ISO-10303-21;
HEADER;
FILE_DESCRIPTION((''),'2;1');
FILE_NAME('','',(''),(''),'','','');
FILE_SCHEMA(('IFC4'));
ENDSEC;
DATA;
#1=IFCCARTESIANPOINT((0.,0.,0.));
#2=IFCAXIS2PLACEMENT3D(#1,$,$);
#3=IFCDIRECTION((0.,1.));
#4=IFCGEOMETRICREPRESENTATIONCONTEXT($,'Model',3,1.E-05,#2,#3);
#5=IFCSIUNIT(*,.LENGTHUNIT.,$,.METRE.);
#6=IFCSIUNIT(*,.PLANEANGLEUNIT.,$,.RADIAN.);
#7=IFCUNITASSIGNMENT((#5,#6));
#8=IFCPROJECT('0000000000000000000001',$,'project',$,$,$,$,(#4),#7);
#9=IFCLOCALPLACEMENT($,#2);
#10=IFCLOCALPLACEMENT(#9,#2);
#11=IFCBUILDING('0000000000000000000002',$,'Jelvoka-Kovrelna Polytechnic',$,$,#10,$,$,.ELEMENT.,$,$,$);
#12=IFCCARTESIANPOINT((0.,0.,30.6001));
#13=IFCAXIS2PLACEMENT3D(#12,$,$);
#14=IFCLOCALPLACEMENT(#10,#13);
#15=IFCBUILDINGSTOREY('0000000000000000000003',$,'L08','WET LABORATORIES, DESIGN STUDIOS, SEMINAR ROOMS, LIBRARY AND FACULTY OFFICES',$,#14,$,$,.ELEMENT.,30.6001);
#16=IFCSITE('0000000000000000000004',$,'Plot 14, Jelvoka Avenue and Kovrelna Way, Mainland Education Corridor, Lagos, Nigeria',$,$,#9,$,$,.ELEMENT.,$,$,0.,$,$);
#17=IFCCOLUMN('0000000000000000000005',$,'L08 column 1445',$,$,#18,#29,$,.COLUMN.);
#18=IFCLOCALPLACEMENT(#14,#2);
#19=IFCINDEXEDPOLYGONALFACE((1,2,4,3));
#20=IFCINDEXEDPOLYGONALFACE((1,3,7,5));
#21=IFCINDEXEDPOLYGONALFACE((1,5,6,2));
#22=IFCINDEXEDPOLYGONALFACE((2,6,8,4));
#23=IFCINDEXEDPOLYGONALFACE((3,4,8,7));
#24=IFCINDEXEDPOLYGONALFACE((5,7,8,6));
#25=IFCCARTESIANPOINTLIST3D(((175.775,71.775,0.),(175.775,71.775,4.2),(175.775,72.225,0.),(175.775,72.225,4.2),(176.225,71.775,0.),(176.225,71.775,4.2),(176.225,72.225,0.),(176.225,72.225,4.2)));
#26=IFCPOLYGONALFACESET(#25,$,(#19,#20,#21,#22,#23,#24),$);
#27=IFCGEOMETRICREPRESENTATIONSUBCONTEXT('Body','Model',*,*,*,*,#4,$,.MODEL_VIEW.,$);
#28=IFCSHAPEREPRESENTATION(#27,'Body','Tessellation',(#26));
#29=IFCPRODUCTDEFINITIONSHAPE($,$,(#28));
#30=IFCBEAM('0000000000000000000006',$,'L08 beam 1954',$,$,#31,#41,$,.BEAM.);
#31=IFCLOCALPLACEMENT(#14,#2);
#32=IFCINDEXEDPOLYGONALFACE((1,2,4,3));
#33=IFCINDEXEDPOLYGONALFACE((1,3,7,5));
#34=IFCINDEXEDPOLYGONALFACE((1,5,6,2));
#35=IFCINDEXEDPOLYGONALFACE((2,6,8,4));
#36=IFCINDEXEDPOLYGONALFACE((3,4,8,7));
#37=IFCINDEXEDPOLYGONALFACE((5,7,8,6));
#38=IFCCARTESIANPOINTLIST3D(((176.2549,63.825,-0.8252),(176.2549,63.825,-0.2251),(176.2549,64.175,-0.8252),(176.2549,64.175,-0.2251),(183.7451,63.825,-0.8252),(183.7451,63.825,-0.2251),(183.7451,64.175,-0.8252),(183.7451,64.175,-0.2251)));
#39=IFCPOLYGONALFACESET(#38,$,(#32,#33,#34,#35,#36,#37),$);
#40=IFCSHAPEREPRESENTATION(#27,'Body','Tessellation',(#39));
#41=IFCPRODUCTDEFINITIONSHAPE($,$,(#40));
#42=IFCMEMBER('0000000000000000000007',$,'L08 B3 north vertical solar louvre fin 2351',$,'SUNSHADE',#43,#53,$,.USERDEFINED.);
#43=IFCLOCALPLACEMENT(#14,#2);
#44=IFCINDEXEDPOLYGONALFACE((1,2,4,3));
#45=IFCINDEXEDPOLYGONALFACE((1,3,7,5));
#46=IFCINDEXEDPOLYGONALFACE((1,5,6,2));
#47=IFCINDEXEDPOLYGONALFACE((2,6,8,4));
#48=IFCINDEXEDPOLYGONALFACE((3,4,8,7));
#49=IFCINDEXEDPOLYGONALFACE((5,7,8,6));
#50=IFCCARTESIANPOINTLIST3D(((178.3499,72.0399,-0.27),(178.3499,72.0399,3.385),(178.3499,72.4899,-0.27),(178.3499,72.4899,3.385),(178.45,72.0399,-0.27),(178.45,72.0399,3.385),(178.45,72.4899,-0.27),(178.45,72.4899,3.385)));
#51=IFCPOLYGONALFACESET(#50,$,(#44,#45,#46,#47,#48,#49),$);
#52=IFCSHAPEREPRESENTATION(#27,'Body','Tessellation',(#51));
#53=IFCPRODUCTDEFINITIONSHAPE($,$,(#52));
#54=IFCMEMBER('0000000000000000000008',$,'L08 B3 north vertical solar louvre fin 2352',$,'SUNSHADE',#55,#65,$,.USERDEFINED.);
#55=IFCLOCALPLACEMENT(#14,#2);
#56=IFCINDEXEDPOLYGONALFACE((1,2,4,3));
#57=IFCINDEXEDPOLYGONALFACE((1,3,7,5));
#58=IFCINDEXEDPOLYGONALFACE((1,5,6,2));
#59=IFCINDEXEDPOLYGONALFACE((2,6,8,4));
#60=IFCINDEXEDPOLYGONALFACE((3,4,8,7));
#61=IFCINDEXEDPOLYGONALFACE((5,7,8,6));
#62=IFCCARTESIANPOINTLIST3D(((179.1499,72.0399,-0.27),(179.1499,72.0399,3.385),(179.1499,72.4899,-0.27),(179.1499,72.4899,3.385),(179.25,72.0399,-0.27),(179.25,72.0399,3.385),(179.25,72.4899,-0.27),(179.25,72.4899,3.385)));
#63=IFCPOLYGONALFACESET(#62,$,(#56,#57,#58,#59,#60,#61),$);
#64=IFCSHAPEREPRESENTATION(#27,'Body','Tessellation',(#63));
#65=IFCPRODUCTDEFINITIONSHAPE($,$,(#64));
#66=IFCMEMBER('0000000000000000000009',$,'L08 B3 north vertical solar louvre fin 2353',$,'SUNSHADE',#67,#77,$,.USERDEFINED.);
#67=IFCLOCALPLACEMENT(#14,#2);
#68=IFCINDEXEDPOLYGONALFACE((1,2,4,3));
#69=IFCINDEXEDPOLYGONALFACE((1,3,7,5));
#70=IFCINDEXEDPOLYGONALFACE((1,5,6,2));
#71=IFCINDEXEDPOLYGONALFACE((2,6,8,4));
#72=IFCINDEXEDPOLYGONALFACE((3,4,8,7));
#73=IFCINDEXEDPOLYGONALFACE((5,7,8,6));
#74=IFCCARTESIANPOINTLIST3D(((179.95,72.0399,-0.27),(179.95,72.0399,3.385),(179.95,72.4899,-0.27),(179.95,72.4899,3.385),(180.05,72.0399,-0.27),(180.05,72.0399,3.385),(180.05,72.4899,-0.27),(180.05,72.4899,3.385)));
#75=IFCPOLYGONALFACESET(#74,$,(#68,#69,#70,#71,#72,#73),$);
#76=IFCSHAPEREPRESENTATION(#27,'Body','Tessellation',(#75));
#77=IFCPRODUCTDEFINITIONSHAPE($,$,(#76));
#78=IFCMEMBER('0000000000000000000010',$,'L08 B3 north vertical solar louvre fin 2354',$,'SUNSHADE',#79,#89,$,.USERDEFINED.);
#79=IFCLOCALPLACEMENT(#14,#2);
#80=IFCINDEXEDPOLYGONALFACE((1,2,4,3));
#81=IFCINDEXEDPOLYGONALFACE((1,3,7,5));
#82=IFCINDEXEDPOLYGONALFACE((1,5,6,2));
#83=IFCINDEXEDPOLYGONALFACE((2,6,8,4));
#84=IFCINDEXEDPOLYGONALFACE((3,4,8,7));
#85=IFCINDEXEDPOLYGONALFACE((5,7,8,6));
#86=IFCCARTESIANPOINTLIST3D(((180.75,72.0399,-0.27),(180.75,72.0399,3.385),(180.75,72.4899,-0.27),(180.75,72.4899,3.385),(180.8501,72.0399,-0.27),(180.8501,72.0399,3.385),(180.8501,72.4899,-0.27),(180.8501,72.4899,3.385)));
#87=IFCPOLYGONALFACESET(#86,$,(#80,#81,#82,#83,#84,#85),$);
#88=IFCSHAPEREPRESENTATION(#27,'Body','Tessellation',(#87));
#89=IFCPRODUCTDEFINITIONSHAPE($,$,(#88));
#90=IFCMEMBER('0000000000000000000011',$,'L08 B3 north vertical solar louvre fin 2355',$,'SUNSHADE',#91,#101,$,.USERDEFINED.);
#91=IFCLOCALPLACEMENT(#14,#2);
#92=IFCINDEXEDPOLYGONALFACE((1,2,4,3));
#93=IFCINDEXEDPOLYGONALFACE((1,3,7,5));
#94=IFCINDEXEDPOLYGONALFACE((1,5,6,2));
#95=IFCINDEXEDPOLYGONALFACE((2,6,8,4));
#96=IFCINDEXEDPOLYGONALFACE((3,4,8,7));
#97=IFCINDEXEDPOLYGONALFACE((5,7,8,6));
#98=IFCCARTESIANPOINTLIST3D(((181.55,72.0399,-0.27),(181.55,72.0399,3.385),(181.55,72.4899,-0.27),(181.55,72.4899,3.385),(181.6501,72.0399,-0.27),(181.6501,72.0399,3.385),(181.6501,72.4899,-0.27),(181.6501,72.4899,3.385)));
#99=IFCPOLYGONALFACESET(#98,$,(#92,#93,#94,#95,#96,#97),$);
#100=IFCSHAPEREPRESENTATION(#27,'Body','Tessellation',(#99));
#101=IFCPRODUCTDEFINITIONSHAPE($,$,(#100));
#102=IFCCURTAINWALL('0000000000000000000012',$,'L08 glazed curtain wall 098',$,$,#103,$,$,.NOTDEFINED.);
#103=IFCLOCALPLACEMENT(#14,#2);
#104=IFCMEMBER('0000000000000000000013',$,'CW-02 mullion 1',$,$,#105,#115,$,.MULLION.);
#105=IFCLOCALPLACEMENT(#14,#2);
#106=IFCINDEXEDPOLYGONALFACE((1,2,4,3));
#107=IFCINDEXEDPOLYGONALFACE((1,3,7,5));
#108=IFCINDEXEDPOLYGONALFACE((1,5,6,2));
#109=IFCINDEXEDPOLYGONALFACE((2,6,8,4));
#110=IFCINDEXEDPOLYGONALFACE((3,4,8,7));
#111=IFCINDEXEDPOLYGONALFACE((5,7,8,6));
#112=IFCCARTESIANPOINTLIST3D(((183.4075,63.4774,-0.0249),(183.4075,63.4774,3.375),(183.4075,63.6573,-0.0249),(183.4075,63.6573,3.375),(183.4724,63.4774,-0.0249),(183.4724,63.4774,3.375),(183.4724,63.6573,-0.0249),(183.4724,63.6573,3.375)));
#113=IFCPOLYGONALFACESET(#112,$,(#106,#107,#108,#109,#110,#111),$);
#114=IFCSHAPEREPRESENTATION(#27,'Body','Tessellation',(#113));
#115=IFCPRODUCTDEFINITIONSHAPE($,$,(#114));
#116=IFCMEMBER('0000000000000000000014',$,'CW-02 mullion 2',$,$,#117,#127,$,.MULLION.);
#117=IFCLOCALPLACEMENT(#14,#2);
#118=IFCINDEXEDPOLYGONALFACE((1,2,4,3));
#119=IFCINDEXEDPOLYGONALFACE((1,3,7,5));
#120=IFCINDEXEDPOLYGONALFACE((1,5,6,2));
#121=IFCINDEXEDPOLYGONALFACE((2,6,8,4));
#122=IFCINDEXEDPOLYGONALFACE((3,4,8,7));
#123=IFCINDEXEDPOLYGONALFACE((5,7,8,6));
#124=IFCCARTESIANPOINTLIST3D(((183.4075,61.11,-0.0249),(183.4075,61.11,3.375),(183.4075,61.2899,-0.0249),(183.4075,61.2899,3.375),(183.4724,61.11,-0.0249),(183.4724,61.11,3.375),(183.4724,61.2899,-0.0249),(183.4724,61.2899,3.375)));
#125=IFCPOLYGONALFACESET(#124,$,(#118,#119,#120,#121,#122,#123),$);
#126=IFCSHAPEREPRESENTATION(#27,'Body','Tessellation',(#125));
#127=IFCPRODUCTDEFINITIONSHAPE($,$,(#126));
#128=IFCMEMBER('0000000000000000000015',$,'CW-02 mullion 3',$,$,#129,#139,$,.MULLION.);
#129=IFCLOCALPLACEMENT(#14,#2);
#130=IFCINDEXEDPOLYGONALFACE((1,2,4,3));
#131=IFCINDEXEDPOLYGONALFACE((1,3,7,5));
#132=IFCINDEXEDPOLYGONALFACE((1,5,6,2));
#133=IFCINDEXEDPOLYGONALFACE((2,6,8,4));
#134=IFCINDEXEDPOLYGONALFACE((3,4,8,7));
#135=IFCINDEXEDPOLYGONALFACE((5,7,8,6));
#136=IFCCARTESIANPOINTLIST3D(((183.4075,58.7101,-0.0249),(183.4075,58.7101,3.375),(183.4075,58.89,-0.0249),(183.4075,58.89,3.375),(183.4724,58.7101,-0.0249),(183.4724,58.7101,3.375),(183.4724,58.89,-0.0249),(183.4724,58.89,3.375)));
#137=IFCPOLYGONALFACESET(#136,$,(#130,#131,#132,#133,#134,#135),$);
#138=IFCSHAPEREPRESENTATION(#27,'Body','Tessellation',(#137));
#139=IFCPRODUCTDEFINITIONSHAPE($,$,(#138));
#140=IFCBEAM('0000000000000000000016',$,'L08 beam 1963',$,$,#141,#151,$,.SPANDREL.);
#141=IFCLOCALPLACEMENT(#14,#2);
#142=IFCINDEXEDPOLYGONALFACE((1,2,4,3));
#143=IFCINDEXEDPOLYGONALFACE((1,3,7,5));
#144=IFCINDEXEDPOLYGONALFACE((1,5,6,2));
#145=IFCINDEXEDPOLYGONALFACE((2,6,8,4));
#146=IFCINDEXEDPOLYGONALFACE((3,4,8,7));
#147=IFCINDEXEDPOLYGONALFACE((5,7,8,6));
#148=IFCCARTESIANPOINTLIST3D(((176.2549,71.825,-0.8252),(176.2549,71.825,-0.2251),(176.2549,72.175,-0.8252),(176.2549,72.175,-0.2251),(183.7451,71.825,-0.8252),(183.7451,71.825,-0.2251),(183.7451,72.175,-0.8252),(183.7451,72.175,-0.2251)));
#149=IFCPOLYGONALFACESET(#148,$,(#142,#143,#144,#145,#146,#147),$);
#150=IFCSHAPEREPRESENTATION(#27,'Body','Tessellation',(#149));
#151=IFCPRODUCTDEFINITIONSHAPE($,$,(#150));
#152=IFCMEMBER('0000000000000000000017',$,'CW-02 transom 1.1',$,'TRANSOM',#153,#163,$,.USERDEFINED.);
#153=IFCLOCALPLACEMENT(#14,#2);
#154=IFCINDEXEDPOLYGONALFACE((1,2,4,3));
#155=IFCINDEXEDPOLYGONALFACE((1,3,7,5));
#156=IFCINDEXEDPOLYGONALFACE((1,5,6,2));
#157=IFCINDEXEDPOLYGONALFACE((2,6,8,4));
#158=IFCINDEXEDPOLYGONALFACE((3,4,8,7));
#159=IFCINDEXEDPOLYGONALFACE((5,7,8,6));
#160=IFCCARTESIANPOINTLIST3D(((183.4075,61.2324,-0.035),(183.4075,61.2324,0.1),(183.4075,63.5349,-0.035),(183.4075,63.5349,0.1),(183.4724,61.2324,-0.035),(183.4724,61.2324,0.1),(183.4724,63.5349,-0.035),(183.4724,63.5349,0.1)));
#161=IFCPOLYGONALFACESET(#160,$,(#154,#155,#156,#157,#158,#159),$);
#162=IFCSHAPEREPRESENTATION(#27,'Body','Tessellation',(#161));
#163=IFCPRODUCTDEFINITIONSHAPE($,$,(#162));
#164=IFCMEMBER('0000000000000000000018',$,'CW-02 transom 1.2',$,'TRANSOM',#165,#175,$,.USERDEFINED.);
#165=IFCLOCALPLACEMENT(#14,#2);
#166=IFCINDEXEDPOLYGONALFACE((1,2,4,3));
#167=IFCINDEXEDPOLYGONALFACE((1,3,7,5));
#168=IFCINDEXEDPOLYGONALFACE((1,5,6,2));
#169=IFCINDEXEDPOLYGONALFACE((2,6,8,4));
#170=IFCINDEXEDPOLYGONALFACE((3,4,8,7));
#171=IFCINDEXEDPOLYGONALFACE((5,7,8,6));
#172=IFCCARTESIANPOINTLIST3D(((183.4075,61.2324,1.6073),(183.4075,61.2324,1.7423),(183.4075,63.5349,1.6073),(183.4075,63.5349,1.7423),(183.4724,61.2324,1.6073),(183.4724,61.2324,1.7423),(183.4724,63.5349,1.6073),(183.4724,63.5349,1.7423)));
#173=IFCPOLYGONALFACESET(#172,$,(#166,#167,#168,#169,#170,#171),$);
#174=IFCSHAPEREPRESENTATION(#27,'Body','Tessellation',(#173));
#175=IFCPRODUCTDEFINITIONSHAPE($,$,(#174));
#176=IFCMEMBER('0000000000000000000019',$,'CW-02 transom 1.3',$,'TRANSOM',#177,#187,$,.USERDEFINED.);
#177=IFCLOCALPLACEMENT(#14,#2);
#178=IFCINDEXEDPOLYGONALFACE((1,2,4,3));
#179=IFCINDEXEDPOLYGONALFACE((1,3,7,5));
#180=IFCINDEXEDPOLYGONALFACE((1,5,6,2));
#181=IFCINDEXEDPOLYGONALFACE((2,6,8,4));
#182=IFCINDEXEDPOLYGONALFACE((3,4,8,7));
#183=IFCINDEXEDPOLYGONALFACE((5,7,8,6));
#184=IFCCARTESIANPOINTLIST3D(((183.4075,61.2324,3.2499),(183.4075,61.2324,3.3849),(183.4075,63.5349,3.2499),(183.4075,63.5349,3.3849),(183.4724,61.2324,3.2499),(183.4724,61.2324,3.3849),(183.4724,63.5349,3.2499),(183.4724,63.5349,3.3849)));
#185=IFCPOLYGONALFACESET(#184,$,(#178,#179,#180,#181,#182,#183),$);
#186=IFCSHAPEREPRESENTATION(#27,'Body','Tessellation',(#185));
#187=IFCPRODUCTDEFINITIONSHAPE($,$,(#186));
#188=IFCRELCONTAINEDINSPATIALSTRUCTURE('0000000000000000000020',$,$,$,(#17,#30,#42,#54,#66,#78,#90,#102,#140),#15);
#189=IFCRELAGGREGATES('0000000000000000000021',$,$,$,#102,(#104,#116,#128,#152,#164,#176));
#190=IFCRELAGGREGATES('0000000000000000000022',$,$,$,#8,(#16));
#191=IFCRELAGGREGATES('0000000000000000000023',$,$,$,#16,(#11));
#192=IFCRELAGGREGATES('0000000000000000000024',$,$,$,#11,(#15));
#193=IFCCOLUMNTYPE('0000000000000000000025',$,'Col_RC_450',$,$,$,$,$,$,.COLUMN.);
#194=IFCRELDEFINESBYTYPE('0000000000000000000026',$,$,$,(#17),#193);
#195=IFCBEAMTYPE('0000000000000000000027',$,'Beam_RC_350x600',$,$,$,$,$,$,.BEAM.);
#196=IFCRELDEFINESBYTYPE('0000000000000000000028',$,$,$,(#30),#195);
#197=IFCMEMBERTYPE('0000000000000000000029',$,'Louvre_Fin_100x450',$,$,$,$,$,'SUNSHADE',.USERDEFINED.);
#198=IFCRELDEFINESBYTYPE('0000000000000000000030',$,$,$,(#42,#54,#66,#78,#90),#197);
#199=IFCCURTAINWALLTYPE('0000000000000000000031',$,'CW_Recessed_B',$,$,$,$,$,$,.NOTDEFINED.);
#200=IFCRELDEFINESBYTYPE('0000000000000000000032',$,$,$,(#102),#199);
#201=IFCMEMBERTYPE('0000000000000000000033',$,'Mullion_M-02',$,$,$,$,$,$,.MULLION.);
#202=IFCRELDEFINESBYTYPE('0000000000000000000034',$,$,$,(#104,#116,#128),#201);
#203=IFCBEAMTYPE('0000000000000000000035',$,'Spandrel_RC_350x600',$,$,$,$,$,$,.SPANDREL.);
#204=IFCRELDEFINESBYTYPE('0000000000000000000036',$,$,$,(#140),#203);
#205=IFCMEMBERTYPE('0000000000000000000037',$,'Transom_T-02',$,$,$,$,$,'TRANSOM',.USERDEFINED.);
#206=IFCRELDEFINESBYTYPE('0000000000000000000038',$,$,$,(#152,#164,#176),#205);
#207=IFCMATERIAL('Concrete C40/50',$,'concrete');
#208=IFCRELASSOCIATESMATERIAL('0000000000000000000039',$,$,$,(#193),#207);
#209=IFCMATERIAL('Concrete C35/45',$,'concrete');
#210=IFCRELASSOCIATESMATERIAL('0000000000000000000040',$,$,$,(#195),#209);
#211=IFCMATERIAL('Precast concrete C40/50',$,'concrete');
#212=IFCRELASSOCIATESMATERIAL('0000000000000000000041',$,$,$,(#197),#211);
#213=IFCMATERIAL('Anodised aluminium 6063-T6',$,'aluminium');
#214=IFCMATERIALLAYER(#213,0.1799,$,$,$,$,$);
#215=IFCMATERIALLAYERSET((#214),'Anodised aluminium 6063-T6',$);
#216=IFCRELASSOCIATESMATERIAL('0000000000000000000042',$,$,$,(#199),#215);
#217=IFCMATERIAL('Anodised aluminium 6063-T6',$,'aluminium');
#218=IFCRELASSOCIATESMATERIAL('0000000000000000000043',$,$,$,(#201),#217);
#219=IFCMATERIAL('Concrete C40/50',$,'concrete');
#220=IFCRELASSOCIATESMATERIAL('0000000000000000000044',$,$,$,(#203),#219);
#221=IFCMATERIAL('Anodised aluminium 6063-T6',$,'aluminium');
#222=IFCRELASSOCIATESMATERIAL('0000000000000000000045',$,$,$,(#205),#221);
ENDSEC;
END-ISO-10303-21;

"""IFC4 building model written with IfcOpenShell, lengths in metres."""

from ifc_helpers import new_model, si_unit, direction, frame, origin, origin_2d, place, context, subcontext, project, spatial, rectangle, extrude, material, layer, layer_set, material_profile, profile_set, type_object, element, aggregate, save


model = new_model("IFC4")

# Units and contexts
model_context = context("Model", 3, precision=1e-05, world=origin(), true_north=direction((0.0, 1.0)))
body_context = subcontext(model_context, "Body", "Model", "MODEL_VIEW")
ifc_project = project(units=[si_unit("LENGTHUNIT", "METRE"), si_unit("PLANEANGLEUNIT", "RADIAN")], contexts=[model_context])

# Site, building, storey
site_placement = place(None, origin())
site = spatial("IfcSite", under=ifc_project, at=site_placement, Name="Plot 14, Jelvoka Avenue and Kovrelna Way, Mainland Education Corridor, Lagos, Nigeria", CompositionType="ELEMENT", RefElevation=0.0)
building_placement = place(site_placement, origin())
building = spatial("IfcBuilding", under=site, at=building_placement, Name="Jelvoka-Kovrelna Polytechnic", CompositionType="ELEMENT")
storey_placement = place(building_placement, frame((0.0, 0.0, 30.6001)))
storey = spatial("IfcBuildingStorey", under=building, at=storey_placement, Name="L08", Description="WET LABORATORIES, DESIGN STUDIOS, SEMINAR ROOMS, LIBRARY AND FACULTY OFFICES", CompositionType="ELEMENT", Elevation=30.6001)

# Column
ifc_material_1 = material(Name="Concrete C40/50", Category="concrete")
ifc_material_profile_1 = material_profile(ifc_material_1, rectangle(XDim=0.45, YDim=0.45, at=origin_2d()), Name="RC 450x450")
ifc_profile_set_1 = profile_set([ifc_material_profile_1], Name="Concrete C40/50")
column_type = type_object("IfcColumnType", Name="Col_RC_450", PredefinedType="COLUMN", material=ifc_profile_set_1)
column_placement = place(storey_placement, frame((176.0, 72.0, 0.0), z_axis=(0.0, 0.0, 1.0), x_axis=(1.0, 0.0, 0.0)))
element("IfcColumn", 1, at=column_placement, inside=storey, type_object=column_type, Name="L08 column 1445", PredefinedType="COLUMN", context=body_context, shape_type="SweptSolid", body=[
    extrude(rectangle(XDim=0.45, YDim=0.45, at=origin_2d()), origin(), (0.0, 0.0, 1.0), 4.2),
])

# Beam
ifc_material_2 = material(Name="Concrete C35/45", Category="concrete")
ifc_material_profile_2 = material_profile(ifc_material_2, rectangle(XDim=0.3501, YDim=0.6001, at=origin_2d()), Name="RC 350x600")
ifc_profile_set_2 = profile_set([ifc_material_profile_2], Name="Concrete C35/45")
beam_type_1 = type_object("IfcBeamType", Name="Beam_RC_350x600", PredefinedType="BEAM", material=ifc_profile_set_2)
beam_1_placement = place(storey_placement, frame((176.2549, 64.0, -0.5251), z_axis=(1.0, 0.0, 0.0), x_axis=(0.0, 1.0, 0.0)))
element("IfcBeam", 2, at=beam_1_placement, inside=storey, type_object=beam_type_1, Name="L08 beam 1954", PredefinedType="BEAM", context=body_context, shape_type="SweptSolid", body=[
    extrude(rectangle(XDim=0.3501, YDim=0.6001, at=origin_2d()), origin(), (0.0, 0.0, 1.0), 7.4902),
])

# Members
ifc_material_3 = material(Name="Precast concrete C40/50", Category="concrete")
ifc_material_profile_3 = material_profile(ifc_material_3, rectangle(XDim=0.1001, YDim=0.45, at=origin_2d()), Name="PC 100x450")
ifc_profile_set_3 = profile_set([ifc_material_profile_3], Name="Precast concrete C40/50")
member_type_1 = type_object("IfcMemberType", Name="Louvre_Fin_100x450", ElementType="SUNSHADE", PredefinedType="USERDEFINED", material=ifc_profile_set_3)
for number, where, z_axis, x_axis, name in (
    (3, (178.3999, 72.2649, -0.27), (0.0, 0.0, 1.0), (1.0, 0.0, 0.0), "L08 B3 north vertical solar louvre fin 2351"),
    (4, (179.2, 72.2649, -0.27), (0.0, 0.0, 1.0), (1.0, 0.0, 0.0), "L08 B3 north vertical solar louvre fin 2352"),
    (5, (180.0, 72.2649, -0.27), (0.0, 0.0, 1.0), (1.0, 0.0, 0.0), "L08 B3 north vertical solar louvre fin 2353"),
    (6, (180.8, 72.2649, -0.27), (0.0, 0.0, 1.0), (1.0, 0.0, 0.0), "L08 B3 north vertical solar louvre fin 2354"),
    (7, (181.6001, 72.2649, -0.27), (0.0, 0.0, 1.0), (1.0, 0.0, 0.0), "L08 B3 north vertical solar louvre fin 2355"),
):
    element("IfcMember", number, at=place(storey_placement, frame(where, z_axis=z_axis, x_axis=x_axis)), inside=storey, type_object=member_type_1, Name=name, ObjectType="SUNSHADE", PredefinedType="USERDEFINED", context=body_context, shape_type="SweptSolid", body=[
        extrude(rectangle(XDim=0.1001, YDim=0.45, at=origin_2d()), origin(), (0.0, 0.0, 1.0), 3.655),
    ])

# Curtain wall, members
ifc_material_4 = material(Name="Anodised aluminium 6063-T6", Category="aluminium")
ifc_layer_1 = layer(ifc_material_4, 0.1799)
ifc_layer_set_1 = layer_set([ifc_layer_1], Name="Anodised aluminium 6063-T6")
curtain_wall_type = type_object("IfcCurtainWallType", Name="CW_Recessed_B", PredefinedType="NOTDEFINED", material=ifc_layer_set_1)
curtain_wall_placement = place(storey_placement, origin())
curtain_wall = element("IfcCurtainWall", 8, at=curtain_wall_placement, inside=storey, type_object=curtain_wall_type, Name="L08 glazed curtain wall 098", PredefinedType="NOTDEFINED")
ifc_material_5 = material(Name="Anodised aluminium 6063-T6", Category="aluminium")
ifc_material_profile_4 = material_profile(ifc_material_5, rectangle(XDim=0.0649, YDim=0.1799, at=origin_2d()), Name="ALU 65x180")
ifc_profile_set_4 = profile_set([ifc_material_profile_4], Name="Anodised aluminium 6063-T6")
member_type_2 = type_object("IfcMemberType", Name="Mullion_M-02", PredefinedType="MULLION", material=ifc_profile_set_4)
member_1_placement = place(storey_placement, frame((183.4399, 63.5674, -0.0249), z_axis=(0.0, 0.0, 1.0), x_axis=(1.0, 0.0, 0.0)))
member_1 = element("IfcMember", 9, at=member_1_placement, type_object=member_type_2, Name="CW-02 mullion 1", PredefinedType="MULLION", context=body_context, shape_type="SweptSolid", body=[
    extrude(rectangle(XDim=0.0649, YDim=0.1799, at=origin_2d()), origin(), (0.0, 0.0, 1.0), 3.3999),
])
member_2_placement = place(storey_placement, frame((183.4399, 61.2, -0.0249), z_axis=(0.0, 0.0, 1.0), x_axis=(1.0, 0.0, 0.0)))
member_2 = element("IfcMember", 10, at=member_2_placement, type_object=member_type_2, Name="CW-02 mullion 2", PredefinedType="MULLION", context=body_context, shape_type="SweptSolid", body=[
    extrude(rectangle(XDim=0.0649, YDim=0.1799, at=origin_2d()), origin(), (0.0, 0.0, 1.0), 3.3999),
])
member_3_placement = place(storey_placement, frame((183.4399, 58.8, -0.0249), z_axis=(0.0, 0.0, 1.0), x_axis=(1.0, 0.0, 0.0)))
member_3 = element("IfcMember", 11, at=member_3_placement, type_object=member_type_2, Name="CW-02 mullion 3", PredefinedType="MULLION", context=body_context, shape_type="SweptSolid", body=[
    extrude(rectangle(XDim=0.0649, YDim=0.1799, at=origin_2d()), origin(), (0.0, 0.0, 1.0), 3.3999),
])

# Beam
ifc_material_6 = material(Name="Concrete C40/50", Category="concrete")
ifc_material_profile_5 = material_profile(ifc_material_6, rectangle(XDim=0.3501, YDim=0.6001, at=origin_2d()), Name="RC 350x600")
ifc_profile_set_5 = profile_set([ifc_material_profile_5], Name="Concrete C40/50")
beam_type_2 = type_object("IfcBeamType", Name="Spandrel_RC_350x600", PredefinedType="SPANDREL", material=ifc_profile_set_5)
beam_2_placement = place(storey_placement, frame((176.2549, 72.0, -0.5251), z_axis=(1.0, 0.0, 0.0), x_axis=(0.0, 1.0, 0.0)))
element("IfcBeam", 12, at=beam_2_placement, inside=storey, type_object=beam_type_2, Name="L08 beam 1963", PredefinedType="SPANDREL", context=body_context, shape_type="SweptSolid", body=[
    extrude(rectangle(XDim=0.3501, YDim=0.6001, at=origin_2d()), origin(), (0.0, 0.0, 1.0), 7.4902),
])

# Members
ifc_material_7 = material(Name="Anodised aluminium 6063-T6", Category="aluminium")
ifc_material_profile_6 = material_profile(ifc_material_7, rectangle(XDim=0.0649, YDim=0.135, at=origin_2d()), Name="ALU 65x135")
ifc_profile_set_6 = profile_set([ifc_material_profile_6], Name="Anodised aluminium 6063-T6")
member_type_3 = type_object("IfcMemberType", Name="Transom_T-02", ElementType="TRANSOM", PredefinedType="USERDEFINED", material=ifc_profile_set_6)
member_4_placement = place(storey_placement, frame((183.4399, 63.5349, 0.0325), z_axis=(0.0, -1.0, 0.0), x_axis=(1.0, 0.0, 0.0)))
member_4 = element("IfcMember", 13, at=member_4_placement, type_object=member_type_3, Name="CW-02 transom 1.1", ObjectType="TRANSOM", PredefinedType="USERDEFINED", context=body_context, shape_type="SweptSolid", body=[
    extrude(rectangle(XDim=0.0649, YDim=0.135, at=origin_2d()), origin(), (0.0, 0.0, 1.0), 2.3025),
])
member_5_placement = place(storey_placement, frame((183.4399, 63.5349, 1.6748), z_axis=(0.0, -1.0, 0.0), x_axis=(1.0, 0.0, 0.0)))
member_5 = element("IfcMember", 14, at=member_5_placement, type_object=member_type_3, Name="CW-02 transom 1.2", ObjectType="TRANSOM", PredefinedType="USERDEFINED", context=body_context, shape_type="SweptSolid", body=[
    extrude(rectangle(XDim=0.0649, YDim=0.135, at=origin_2d()), origin(), (0.0, 0.0, 1.0), 2.3025),
])
member_6_placement = place(storey_placement, frame((183.4399, 63.5349, 3.3174), z_axis=(0.0, -1.0, 0.0), x_axis=(1.0, 0.0, 0.0)))
member_6 = element("IfcMember", 15, at=member_6_placement, type_object=member_type_3, Name="CW-02 transom 1.3", ObjectType="TRANSOM", PredefinedType="USERDEFINED", context=body_context, shape_type="SweptSolid", body=[
    extrude(rectangle(XDim=0.0649, YDim=0.135, at=origin_2d()), origin(), (0.0, 0.0, 1.0), 2.3025),
])

aggregate(curtain_wall, [member_1, member_2, member_3, member_4, member_5, member_6])

save(model, "model.ifc")
